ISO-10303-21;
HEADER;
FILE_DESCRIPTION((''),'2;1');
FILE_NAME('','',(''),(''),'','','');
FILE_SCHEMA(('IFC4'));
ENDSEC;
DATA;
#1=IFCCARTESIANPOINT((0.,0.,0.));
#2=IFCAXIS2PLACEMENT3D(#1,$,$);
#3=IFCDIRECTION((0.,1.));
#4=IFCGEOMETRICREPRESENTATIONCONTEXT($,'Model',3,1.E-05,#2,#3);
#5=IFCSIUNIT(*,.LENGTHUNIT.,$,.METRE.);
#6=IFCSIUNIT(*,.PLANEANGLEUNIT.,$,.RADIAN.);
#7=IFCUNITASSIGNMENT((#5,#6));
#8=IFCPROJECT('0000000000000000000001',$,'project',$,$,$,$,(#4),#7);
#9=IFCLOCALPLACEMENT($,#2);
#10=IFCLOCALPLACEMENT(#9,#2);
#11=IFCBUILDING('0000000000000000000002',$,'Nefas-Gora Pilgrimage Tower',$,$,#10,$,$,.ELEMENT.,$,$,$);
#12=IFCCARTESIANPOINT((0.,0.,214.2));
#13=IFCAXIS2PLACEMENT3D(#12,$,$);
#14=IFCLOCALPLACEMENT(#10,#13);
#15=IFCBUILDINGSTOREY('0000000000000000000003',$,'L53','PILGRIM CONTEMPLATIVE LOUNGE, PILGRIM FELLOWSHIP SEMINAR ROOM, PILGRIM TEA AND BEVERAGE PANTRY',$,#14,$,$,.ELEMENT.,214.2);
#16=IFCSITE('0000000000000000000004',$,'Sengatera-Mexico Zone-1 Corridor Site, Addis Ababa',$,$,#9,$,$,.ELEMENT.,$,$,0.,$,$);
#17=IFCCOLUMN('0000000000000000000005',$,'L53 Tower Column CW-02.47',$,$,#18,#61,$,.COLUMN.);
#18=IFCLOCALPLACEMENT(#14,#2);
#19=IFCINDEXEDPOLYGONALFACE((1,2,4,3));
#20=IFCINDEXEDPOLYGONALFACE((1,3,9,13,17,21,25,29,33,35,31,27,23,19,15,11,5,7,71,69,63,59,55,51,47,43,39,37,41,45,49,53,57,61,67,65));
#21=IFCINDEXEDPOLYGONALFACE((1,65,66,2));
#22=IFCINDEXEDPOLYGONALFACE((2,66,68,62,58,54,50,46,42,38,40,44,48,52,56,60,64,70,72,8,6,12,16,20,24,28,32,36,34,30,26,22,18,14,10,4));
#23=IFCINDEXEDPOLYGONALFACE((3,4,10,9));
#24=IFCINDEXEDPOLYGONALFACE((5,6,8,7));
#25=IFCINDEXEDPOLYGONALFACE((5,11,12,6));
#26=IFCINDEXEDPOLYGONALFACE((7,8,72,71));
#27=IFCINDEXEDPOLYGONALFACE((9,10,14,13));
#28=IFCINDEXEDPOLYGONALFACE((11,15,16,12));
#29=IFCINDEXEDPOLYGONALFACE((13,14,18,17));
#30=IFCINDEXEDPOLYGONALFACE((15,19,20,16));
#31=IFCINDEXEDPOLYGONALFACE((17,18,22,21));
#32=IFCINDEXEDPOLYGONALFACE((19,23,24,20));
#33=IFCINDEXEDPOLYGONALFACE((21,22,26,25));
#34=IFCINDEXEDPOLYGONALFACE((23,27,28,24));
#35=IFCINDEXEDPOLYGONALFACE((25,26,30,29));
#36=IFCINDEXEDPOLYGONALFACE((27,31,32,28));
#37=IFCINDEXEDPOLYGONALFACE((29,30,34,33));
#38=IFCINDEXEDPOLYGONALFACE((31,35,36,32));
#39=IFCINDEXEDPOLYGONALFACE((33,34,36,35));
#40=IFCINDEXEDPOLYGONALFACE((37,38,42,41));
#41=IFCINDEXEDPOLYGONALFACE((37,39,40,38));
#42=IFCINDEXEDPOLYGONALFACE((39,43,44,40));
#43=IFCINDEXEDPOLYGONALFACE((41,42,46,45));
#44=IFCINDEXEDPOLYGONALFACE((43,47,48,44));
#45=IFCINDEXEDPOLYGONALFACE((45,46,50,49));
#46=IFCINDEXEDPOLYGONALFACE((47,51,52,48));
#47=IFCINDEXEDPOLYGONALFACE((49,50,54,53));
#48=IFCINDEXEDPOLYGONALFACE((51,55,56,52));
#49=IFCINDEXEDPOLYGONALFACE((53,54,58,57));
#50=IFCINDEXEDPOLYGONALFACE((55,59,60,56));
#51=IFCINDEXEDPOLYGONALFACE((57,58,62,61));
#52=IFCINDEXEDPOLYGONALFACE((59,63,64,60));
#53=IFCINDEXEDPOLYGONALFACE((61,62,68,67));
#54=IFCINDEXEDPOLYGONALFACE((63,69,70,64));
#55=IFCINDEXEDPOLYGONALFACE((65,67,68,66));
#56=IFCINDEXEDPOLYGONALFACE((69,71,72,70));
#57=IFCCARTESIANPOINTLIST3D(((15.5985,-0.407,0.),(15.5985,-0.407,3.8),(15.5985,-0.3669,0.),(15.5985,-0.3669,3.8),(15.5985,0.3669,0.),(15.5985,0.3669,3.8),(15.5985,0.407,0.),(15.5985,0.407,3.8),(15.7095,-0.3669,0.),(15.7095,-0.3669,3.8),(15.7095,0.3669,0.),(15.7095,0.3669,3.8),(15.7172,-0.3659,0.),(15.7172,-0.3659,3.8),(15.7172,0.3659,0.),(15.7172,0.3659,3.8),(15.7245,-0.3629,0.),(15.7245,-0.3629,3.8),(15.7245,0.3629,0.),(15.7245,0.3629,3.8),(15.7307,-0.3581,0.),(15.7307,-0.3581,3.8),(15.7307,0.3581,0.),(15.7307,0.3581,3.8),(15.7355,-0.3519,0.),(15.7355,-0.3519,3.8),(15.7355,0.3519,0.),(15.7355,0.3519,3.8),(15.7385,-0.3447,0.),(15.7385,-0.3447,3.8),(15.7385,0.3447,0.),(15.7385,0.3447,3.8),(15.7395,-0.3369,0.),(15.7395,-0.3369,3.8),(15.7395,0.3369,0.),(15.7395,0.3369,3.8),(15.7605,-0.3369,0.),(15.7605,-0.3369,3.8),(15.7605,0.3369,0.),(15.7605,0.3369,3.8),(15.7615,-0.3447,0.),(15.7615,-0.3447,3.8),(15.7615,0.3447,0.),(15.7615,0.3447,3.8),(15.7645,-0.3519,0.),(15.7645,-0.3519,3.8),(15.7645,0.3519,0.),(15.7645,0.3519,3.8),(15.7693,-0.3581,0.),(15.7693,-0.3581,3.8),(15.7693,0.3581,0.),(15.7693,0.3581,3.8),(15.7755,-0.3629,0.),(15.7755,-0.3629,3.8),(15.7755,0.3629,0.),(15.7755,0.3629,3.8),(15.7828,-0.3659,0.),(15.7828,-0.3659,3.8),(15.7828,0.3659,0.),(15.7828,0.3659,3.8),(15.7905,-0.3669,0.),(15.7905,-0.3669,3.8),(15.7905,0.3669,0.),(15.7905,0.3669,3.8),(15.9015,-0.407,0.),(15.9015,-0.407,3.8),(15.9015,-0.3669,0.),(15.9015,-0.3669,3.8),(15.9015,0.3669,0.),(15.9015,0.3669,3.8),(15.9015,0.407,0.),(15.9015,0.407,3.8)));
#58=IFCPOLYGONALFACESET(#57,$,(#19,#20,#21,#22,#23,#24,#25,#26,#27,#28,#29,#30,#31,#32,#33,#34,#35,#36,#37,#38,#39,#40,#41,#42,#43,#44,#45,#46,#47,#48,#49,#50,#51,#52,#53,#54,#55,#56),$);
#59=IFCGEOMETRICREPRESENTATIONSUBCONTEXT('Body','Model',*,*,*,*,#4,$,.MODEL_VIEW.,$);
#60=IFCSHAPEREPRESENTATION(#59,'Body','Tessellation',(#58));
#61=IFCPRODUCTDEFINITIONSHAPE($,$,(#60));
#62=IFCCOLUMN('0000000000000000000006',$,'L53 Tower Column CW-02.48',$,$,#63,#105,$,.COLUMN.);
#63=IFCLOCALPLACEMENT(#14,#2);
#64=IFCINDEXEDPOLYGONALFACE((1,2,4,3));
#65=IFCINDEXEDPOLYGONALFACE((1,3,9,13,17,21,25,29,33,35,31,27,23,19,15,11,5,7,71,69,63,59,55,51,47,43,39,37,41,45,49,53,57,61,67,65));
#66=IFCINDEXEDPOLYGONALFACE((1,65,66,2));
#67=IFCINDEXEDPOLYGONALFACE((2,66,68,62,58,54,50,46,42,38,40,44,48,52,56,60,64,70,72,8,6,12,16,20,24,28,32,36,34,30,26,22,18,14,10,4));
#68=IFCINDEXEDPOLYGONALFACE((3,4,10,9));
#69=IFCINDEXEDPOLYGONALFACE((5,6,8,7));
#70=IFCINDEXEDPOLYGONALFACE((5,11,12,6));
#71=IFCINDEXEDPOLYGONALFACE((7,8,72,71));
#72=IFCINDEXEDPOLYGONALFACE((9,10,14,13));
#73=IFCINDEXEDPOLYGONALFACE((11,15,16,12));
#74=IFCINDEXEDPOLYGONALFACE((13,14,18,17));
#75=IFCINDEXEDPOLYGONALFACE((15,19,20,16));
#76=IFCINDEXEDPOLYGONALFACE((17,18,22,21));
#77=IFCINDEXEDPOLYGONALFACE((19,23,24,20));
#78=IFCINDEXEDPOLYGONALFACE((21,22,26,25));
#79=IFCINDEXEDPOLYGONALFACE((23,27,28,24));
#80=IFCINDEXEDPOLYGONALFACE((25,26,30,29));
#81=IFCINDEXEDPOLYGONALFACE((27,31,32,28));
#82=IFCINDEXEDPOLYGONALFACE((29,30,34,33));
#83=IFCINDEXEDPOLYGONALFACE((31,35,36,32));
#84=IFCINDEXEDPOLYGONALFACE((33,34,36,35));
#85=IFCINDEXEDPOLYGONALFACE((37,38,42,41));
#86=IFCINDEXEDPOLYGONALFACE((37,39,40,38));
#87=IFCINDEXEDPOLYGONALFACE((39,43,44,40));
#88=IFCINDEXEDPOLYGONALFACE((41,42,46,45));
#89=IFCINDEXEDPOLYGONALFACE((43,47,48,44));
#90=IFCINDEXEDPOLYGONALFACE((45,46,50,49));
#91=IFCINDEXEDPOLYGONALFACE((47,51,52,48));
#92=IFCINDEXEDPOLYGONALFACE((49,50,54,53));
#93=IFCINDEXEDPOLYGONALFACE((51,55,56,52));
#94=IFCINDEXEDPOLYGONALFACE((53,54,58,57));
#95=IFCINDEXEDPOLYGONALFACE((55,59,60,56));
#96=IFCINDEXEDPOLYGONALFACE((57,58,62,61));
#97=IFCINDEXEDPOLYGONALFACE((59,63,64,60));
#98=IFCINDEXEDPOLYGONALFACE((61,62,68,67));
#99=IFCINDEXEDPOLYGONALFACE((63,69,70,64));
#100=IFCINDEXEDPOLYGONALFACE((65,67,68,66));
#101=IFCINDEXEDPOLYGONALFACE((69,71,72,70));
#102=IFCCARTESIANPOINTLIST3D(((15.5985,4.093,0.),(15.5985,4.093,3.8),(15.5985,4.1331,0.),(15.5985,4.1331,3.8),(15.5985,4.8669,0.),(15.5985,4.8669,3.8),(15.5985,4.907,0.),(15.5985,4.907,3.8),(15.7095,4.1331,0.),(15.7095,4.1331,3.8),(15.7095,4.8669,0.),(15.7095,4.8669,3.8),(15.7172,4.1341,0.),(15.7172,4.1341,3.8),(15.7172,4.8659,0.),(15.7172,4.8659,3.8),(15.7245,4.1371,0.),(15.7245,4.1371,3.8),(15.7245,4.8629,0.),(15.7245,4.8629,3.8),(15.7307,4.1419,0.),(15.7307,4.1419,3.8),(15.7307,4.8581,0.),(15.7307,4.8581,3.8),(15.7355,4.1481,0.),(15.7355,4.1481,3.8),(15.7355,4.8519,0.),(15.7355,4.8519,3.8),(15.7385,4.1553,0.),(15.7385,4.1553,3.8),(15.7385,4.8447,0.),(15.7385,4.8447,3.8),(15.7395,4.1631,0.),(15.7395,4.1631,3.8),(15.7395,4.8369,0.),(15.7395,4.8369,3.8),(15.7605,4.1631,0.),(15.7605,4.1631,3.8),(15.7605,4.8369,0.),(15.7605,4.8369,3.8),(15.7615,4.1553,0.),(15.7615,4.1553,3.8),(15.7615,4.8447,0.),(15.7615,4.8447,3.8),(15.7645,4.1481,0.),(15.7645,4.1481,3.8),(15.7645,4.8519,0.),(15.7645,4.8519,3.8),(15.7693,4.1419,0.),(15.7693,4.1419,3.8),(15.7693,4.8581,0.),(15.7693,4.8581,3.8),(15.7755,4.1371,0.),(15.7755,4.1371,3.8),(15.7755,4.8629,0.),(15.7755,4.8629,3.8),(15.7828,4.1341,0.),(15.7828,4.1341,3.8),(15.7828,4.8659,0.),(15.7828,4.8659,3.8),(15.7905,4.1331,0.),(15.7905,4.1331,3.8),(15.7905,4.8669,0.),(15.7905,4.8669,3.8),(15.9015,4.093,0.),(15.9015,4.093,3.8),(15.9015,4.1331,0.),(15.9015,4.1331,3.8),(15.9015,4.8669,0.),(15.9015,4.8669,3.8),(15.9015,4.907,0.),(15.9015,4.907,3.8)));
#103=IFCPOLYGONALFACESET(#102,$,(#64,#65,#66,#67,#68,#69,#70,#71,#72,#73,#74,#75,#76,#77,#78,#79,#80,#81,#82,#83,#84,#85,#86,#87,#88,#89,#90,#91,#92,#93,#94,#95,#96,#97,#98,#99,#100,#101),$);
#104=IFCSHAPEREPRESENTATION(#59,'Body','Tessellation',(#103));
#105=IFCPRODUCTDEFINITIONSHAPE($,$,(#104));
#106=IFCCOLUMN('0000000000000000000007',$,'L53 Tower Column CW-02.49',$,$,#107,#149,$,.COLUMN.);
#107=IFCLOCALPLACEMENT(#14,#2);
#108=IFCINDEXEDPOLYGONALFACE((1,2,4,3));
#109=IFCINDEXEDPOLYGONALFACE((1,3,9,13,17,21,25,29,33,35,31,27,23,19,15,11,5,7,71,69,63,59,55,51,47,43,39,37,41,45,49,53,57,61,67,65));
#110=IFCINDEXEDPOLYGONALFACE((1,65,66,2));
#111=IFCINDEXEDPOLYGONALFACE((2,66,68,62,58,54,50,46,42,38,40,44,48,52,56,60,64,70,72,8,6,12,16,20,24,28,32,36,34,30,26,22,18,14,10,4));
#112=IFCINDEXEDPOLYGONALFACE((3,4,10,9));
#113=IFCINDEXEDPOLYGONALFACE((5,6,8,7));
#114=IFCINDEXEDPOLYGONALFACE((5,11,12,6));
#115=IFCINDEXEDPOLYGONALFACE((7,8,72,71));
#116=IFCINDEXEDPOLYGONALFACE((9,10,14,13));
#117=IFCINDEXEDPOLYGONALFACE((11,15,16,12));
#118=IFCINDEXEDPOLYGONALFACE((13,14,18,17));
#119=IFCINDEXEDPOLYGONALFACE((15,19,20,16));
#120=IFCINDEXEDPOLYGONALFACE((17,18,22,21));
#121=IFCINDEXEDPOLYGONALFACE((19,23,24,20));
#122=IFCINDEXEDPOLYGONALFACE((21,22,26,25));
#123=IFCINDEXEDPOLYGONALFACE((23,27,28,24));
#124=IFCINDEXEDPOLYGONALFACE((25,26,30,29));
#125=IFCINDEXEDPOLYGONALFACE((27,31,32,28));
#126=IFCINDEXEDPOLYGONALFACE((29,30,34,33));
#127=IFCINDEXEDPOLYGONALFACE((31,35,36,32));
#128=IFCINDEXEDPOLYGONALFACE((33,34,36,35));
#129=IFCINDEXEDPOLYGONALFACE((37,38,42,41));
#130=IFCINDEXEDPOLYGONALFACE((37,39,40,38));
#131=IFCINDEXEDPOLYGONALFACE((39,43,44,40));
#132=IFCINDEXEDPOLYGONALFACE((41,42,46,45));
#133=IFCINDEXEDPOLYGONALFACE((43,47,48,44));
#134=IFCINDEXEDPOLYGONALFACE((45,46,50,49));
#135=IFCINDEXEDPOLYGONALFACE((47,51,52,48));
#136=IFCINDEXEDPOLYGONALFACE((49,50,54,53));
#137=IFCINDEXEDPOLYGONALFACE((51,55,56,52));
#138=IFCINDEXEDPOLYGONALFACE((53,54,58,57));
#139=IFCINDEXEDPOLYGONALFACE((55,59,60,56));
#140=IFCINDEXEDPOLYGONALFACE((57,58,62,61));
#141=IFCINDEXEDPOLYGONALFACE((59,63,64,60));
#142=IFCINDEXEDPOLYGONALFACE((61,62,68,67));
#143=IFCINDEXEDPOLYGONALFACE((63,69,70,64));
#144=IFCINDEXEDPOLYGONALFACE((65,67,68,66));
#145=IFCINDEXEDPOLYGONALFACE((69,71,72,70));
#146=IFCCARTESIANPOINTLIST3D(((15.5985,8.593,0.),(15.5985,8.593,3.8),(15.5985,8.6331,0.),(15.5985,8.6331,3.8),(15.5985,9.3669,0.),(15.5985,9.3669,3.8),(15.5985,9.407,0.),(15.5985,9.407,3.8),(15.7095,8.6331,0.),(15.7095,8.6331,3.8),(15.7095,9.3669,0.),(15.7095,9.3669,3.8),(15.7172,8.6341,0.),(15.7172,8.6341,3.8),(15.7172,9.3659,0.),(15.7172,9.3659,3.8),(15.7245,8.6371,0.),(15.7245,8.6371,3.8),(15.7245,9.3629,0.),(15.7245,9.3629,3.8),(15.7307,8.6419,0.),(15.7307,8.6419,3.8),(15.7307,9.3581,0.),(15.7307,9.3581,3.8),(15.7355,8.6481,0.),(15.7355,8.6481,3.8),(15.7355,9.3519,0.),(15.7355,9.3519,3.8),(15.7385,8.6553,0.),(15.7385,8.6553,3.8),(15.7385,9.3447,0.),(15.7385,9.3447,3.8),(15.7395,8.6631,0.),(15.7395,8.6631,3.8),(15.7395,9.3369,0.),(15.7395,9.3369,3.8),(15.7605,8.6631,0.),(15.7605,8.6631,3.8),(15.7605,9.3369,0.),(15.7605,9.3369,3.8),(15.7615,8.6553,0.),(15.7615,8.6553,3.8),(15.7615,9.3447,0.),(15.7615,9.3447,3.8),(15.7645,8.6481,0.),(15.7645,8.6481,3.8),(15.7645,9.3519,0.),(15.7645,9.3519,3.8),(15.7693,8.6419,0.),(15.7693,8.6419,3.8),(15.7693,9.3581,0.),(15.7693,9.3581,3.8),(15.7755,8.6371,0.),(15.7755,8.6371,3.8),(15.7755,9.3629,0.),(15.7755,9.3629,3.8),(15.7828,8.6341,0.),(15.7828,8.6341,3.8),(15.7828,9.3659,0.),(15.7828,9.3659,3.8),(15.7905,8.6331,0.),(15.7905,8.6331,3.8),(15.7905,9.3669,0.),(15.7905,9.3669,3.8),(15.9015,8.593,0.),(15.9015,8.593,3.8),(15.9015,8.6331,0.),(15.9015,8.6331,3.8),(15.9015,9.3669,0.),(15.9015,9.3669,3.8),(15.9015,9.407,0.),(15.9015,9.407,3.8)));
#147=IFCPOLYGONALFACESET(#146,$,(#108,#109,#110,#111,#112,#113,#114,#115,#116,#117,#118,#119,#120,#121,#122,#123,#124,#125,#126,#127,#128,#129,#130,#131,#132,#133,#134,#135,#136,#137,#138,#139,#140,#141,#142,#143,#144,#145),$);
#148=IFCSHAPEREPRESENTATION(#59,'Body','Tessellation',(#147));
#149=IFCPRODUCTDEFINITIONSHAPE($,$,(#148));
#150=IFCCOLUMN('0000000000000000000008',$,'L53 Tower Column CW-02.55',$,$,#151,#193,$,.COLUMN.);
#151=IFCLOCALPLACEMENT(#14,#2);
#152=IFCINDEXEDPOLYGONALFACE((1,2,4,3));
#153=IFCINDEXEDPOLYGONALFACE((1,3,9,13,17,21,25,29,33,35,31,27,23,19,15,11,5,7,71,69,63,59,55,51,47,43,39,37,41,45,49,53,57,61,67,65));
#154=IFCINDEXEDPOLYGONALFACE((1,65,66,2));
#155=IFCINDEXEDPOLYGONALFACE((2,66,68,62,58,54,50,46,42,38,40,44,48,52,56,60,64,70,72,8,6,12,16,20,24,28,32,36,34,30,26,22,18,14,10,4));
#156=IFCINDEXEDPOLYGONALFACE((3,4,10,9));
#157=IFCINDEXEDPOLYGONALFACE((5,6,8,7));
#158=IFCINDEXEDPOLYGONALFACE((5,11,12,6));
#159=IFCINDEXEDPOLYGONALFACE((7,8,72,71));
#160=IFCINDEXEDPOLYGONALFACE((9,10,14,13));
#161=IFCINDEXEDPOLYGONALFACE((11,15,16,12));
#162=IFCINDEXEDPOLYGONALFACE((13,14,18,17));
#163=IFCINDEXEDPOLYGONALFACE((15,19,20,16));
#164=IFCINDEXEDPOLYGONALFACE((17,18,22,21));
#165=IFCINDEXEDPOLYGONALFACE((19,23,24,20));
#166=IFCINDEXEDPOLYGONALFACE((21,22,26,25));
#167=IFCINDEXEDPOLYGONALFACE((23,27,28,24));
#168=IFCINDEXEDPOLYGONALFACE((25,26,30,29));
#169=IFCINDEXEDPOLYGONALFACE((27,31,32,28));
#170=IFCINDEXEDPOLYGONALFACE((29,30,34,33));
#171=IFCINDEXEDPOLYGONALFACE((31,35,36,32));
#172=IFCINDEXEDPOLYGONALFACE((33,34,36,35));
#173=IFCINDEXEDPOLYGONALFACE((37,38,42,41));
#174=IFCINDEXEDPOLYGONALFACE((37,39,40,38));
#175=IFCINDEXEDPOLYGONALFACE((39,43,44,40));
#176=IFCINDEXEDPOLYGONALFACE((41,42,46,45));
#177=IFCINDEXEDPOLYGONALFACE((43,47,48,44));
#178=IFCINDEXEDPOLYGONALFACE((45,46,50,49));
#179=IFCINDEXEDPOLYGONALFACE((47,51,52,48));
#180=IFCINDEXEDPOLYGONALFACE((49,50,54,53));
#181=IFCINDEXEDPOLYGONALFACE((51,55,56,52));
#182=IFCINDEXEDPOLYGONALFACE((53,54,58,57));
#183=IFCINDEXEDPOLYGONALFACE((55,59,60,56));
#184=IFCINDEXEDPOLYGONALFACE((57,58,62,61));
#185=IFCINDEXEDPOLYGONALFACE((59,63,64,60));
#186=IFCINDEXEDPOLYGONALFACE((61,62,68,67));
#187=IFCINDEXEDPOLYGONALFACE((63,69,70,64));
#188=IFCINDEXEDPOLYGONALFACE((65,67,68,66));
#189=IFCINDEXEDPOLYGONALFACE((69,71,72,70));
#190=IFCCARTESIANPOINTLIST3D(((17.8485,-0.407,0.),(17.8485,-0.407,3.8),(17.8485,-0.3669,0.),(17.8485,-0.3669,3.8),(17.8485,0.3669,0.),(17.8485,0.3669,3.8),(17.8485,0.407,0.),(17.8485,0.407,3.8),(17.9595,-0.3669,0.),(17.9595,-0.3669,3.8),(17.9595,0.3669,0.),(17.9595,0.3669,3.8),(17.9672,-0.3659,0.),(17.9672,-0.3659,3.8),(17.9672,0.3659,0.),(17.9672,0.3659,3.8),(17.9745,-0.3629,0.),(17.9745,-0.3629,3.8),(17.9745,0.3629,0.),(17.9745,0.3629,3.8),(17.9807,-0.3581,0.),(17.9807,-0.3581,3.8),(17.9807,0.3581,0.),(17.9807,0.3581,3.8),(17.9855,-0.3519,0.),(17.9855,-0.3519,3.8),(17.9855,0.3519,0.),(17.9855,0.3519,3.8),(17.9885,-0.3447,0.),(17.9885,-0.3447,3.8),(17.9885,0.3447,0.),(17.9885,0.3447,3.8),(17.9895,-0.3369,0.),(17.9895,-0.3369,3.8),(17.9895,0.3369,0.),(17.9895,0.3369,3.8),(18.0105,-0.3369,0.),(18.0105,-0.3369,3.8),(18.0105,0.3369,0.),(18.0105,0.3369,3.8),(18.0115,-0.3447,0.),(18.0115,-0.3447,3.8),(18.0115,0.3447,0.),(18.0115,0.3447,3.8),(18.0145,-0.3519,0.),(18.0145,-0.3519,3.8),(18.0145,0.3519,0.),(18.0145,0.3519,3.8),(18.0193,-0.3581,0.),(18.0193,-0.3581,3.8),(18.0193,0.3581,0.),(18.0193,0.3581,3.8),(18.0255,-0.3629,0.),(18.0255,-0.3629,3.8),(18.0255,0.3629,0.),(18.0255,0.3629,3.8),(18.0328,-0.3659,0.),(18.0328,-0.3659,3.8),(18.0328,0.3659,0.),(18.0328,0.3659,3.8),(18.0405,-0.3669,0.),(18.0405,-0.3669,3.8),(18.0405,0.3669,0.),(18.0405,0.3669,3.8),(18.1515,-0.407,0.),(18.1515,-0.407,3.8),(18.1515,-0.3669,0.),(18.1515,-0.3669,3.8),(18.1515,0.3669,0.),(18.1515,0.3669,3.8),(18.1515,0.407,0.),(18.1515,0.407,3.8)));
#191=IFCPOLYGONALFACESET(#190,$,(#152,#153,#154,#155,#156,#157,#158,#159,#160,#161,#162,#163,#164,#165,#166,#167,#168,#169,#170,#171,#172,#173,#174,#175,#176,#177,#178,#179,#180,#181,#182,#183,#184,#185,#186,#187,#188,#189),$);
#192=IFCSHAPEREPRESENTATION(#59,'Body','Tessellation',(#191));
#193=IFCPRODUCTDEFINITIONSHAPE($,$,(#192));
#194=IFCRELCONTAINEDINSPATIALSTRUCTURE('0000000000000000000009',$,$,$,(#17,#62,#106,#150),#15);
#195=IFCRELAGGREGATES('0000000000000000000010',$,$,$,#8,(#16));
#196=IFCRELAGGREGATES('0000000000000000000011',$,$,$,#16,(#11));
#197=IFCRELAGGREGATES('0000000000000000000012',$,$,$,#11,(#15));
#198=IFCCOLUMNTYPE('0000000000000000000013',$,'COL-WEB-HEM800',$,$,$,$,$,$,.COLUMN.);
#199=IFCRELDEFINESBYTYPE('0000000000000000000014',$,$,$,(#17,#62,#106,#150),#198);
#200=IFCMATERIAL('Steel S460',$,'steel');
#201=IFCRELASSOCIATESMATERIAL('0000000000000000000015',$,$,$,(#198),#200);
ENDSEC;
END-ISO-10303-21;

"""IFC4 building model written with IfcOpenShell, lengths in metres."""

from ifc_helpers import new_model, si_unit, direction, frame, origin, origin_2d, place, context, subcontext, project, spatial, i_section, extrude, source, transform, mapped, material, material_profile, profile_set, type_object, element, save


model = new_model("IFC4")

# Units and contexts
model_context = context("Model", 3, precision=1e-05, world=origin(), true_north=direction((0.0, 1.0)))
body_context = subcontext(model_context, "Body", "Model", "MODEL_VIEW")
ifc_project = project(units=[si_unit("LENGTHUNIT", "METRE"), si_unit("PLANEANGLEUNIT", "RADIAN")], contexts=[model_context])

# Site, building, storey
site_placement = place(None, origin())
site = spatial("IfcSite", under=ifc_project, at=site_placement, Name="Sengatera-Mexico Zone-1 Corridor Site, Addis Ababa", CompositionType="ELEMENT", RefElevation=0.0)
building_placement = place(site_placement, origin())
building = spatial("IfcBuilding", under=site, at=building_placement, Name="Nefas-Gora Pilgrimage Tower", CompositionType="ELEMENT")
storey_placement = place(building_placement, frame((0.0, 0.0, 214.2)))
storey = spatial("IfcBuildingStorey", under=building, at=storey_placement, Name="L53", Description="PILGRIM CONTEMPLATIVE LOUNGE, PILGRIM FELLOWSHIP SEMINAR ROOM, PILGRIM TEA AND BEVERAGE PANTRY", CompositionType="ELEMENT", Elevation=214.2)

# Columns
ifc_material_1 = material(Name="Steel S460", Category="steel")
ifc_material_profile_1 = material_profile(ifc_material_1, i_section(OverallWidth=0.303, OverallDepth=0.814, WebThickness=0.021, FlangeThickness=0.04, FilletRadius=0.03, at=origin_2d()), Name="HEM 800")
ifc_profile_set_1 = profile_set([ifc_material_profile_1], Name="Steel S460")
column_type_1 = type_object("IfcColumnType", Name="COL-WEB-HEM800", PredefinedType="COLUMN", material=ifc_profile_set_1)
shared_shape_1 = source(origin(), body_context, "Body", "SweptSolid", [
    extrude(i_section(OverallWidth=0.303, OverallDepth=0.814, WebThickness=0.021, FlangeThickness=0.04, FilletRadius=0.03, at=origin_2d()), origin(), (0.0, 0.0, 1.0), 3.8),
])
for number, where, z_axis, x_axis, name in (
    (1, (15.75, 0.0, 0.0), (0.0, 0.0, 1.0), (1.0, 0.0, 0.0), "L53 Tower Column CW-02.47"),
    (2, (15.75, 4.5, 0.0), (0.0, 0.0, 1.0), (1.0, 0.0, 0.0), "L53 Tower Column CW-02.48"),
    (3, (15.75, 9.0, 0.0), (0.0, 0.0, 1.0), (1.0, 0.0, 0.0), "L53 Tower Column CW-02.49"),
    (4, (18.0, 0.0, 0.0), (0.0, 0.0, 1.0), (1.0, 0.0, 0.0), "L53 Tower Column CW-02.55"),
):
    element("IfcColumn", number, at=place(storey_placement, frame(where, z_axis=z_axis, x_axis=x_axis)), inside=storey, type_object=column_type_1, Name=name, PredefinedType="COLUMN", context=body_context, shape_type="MappedRepresentation", body=[
        mapped(shared_shape_1, transform((0.0, 0.0, 0.0), x_axis=(1.0, 0.0, 0.0), y_axis=(0.0, 1.0, 0.0), z_axis=(0.0, 0.0, 1.0), scale=1.0)),
    ])

save(model, "model.ifc")
